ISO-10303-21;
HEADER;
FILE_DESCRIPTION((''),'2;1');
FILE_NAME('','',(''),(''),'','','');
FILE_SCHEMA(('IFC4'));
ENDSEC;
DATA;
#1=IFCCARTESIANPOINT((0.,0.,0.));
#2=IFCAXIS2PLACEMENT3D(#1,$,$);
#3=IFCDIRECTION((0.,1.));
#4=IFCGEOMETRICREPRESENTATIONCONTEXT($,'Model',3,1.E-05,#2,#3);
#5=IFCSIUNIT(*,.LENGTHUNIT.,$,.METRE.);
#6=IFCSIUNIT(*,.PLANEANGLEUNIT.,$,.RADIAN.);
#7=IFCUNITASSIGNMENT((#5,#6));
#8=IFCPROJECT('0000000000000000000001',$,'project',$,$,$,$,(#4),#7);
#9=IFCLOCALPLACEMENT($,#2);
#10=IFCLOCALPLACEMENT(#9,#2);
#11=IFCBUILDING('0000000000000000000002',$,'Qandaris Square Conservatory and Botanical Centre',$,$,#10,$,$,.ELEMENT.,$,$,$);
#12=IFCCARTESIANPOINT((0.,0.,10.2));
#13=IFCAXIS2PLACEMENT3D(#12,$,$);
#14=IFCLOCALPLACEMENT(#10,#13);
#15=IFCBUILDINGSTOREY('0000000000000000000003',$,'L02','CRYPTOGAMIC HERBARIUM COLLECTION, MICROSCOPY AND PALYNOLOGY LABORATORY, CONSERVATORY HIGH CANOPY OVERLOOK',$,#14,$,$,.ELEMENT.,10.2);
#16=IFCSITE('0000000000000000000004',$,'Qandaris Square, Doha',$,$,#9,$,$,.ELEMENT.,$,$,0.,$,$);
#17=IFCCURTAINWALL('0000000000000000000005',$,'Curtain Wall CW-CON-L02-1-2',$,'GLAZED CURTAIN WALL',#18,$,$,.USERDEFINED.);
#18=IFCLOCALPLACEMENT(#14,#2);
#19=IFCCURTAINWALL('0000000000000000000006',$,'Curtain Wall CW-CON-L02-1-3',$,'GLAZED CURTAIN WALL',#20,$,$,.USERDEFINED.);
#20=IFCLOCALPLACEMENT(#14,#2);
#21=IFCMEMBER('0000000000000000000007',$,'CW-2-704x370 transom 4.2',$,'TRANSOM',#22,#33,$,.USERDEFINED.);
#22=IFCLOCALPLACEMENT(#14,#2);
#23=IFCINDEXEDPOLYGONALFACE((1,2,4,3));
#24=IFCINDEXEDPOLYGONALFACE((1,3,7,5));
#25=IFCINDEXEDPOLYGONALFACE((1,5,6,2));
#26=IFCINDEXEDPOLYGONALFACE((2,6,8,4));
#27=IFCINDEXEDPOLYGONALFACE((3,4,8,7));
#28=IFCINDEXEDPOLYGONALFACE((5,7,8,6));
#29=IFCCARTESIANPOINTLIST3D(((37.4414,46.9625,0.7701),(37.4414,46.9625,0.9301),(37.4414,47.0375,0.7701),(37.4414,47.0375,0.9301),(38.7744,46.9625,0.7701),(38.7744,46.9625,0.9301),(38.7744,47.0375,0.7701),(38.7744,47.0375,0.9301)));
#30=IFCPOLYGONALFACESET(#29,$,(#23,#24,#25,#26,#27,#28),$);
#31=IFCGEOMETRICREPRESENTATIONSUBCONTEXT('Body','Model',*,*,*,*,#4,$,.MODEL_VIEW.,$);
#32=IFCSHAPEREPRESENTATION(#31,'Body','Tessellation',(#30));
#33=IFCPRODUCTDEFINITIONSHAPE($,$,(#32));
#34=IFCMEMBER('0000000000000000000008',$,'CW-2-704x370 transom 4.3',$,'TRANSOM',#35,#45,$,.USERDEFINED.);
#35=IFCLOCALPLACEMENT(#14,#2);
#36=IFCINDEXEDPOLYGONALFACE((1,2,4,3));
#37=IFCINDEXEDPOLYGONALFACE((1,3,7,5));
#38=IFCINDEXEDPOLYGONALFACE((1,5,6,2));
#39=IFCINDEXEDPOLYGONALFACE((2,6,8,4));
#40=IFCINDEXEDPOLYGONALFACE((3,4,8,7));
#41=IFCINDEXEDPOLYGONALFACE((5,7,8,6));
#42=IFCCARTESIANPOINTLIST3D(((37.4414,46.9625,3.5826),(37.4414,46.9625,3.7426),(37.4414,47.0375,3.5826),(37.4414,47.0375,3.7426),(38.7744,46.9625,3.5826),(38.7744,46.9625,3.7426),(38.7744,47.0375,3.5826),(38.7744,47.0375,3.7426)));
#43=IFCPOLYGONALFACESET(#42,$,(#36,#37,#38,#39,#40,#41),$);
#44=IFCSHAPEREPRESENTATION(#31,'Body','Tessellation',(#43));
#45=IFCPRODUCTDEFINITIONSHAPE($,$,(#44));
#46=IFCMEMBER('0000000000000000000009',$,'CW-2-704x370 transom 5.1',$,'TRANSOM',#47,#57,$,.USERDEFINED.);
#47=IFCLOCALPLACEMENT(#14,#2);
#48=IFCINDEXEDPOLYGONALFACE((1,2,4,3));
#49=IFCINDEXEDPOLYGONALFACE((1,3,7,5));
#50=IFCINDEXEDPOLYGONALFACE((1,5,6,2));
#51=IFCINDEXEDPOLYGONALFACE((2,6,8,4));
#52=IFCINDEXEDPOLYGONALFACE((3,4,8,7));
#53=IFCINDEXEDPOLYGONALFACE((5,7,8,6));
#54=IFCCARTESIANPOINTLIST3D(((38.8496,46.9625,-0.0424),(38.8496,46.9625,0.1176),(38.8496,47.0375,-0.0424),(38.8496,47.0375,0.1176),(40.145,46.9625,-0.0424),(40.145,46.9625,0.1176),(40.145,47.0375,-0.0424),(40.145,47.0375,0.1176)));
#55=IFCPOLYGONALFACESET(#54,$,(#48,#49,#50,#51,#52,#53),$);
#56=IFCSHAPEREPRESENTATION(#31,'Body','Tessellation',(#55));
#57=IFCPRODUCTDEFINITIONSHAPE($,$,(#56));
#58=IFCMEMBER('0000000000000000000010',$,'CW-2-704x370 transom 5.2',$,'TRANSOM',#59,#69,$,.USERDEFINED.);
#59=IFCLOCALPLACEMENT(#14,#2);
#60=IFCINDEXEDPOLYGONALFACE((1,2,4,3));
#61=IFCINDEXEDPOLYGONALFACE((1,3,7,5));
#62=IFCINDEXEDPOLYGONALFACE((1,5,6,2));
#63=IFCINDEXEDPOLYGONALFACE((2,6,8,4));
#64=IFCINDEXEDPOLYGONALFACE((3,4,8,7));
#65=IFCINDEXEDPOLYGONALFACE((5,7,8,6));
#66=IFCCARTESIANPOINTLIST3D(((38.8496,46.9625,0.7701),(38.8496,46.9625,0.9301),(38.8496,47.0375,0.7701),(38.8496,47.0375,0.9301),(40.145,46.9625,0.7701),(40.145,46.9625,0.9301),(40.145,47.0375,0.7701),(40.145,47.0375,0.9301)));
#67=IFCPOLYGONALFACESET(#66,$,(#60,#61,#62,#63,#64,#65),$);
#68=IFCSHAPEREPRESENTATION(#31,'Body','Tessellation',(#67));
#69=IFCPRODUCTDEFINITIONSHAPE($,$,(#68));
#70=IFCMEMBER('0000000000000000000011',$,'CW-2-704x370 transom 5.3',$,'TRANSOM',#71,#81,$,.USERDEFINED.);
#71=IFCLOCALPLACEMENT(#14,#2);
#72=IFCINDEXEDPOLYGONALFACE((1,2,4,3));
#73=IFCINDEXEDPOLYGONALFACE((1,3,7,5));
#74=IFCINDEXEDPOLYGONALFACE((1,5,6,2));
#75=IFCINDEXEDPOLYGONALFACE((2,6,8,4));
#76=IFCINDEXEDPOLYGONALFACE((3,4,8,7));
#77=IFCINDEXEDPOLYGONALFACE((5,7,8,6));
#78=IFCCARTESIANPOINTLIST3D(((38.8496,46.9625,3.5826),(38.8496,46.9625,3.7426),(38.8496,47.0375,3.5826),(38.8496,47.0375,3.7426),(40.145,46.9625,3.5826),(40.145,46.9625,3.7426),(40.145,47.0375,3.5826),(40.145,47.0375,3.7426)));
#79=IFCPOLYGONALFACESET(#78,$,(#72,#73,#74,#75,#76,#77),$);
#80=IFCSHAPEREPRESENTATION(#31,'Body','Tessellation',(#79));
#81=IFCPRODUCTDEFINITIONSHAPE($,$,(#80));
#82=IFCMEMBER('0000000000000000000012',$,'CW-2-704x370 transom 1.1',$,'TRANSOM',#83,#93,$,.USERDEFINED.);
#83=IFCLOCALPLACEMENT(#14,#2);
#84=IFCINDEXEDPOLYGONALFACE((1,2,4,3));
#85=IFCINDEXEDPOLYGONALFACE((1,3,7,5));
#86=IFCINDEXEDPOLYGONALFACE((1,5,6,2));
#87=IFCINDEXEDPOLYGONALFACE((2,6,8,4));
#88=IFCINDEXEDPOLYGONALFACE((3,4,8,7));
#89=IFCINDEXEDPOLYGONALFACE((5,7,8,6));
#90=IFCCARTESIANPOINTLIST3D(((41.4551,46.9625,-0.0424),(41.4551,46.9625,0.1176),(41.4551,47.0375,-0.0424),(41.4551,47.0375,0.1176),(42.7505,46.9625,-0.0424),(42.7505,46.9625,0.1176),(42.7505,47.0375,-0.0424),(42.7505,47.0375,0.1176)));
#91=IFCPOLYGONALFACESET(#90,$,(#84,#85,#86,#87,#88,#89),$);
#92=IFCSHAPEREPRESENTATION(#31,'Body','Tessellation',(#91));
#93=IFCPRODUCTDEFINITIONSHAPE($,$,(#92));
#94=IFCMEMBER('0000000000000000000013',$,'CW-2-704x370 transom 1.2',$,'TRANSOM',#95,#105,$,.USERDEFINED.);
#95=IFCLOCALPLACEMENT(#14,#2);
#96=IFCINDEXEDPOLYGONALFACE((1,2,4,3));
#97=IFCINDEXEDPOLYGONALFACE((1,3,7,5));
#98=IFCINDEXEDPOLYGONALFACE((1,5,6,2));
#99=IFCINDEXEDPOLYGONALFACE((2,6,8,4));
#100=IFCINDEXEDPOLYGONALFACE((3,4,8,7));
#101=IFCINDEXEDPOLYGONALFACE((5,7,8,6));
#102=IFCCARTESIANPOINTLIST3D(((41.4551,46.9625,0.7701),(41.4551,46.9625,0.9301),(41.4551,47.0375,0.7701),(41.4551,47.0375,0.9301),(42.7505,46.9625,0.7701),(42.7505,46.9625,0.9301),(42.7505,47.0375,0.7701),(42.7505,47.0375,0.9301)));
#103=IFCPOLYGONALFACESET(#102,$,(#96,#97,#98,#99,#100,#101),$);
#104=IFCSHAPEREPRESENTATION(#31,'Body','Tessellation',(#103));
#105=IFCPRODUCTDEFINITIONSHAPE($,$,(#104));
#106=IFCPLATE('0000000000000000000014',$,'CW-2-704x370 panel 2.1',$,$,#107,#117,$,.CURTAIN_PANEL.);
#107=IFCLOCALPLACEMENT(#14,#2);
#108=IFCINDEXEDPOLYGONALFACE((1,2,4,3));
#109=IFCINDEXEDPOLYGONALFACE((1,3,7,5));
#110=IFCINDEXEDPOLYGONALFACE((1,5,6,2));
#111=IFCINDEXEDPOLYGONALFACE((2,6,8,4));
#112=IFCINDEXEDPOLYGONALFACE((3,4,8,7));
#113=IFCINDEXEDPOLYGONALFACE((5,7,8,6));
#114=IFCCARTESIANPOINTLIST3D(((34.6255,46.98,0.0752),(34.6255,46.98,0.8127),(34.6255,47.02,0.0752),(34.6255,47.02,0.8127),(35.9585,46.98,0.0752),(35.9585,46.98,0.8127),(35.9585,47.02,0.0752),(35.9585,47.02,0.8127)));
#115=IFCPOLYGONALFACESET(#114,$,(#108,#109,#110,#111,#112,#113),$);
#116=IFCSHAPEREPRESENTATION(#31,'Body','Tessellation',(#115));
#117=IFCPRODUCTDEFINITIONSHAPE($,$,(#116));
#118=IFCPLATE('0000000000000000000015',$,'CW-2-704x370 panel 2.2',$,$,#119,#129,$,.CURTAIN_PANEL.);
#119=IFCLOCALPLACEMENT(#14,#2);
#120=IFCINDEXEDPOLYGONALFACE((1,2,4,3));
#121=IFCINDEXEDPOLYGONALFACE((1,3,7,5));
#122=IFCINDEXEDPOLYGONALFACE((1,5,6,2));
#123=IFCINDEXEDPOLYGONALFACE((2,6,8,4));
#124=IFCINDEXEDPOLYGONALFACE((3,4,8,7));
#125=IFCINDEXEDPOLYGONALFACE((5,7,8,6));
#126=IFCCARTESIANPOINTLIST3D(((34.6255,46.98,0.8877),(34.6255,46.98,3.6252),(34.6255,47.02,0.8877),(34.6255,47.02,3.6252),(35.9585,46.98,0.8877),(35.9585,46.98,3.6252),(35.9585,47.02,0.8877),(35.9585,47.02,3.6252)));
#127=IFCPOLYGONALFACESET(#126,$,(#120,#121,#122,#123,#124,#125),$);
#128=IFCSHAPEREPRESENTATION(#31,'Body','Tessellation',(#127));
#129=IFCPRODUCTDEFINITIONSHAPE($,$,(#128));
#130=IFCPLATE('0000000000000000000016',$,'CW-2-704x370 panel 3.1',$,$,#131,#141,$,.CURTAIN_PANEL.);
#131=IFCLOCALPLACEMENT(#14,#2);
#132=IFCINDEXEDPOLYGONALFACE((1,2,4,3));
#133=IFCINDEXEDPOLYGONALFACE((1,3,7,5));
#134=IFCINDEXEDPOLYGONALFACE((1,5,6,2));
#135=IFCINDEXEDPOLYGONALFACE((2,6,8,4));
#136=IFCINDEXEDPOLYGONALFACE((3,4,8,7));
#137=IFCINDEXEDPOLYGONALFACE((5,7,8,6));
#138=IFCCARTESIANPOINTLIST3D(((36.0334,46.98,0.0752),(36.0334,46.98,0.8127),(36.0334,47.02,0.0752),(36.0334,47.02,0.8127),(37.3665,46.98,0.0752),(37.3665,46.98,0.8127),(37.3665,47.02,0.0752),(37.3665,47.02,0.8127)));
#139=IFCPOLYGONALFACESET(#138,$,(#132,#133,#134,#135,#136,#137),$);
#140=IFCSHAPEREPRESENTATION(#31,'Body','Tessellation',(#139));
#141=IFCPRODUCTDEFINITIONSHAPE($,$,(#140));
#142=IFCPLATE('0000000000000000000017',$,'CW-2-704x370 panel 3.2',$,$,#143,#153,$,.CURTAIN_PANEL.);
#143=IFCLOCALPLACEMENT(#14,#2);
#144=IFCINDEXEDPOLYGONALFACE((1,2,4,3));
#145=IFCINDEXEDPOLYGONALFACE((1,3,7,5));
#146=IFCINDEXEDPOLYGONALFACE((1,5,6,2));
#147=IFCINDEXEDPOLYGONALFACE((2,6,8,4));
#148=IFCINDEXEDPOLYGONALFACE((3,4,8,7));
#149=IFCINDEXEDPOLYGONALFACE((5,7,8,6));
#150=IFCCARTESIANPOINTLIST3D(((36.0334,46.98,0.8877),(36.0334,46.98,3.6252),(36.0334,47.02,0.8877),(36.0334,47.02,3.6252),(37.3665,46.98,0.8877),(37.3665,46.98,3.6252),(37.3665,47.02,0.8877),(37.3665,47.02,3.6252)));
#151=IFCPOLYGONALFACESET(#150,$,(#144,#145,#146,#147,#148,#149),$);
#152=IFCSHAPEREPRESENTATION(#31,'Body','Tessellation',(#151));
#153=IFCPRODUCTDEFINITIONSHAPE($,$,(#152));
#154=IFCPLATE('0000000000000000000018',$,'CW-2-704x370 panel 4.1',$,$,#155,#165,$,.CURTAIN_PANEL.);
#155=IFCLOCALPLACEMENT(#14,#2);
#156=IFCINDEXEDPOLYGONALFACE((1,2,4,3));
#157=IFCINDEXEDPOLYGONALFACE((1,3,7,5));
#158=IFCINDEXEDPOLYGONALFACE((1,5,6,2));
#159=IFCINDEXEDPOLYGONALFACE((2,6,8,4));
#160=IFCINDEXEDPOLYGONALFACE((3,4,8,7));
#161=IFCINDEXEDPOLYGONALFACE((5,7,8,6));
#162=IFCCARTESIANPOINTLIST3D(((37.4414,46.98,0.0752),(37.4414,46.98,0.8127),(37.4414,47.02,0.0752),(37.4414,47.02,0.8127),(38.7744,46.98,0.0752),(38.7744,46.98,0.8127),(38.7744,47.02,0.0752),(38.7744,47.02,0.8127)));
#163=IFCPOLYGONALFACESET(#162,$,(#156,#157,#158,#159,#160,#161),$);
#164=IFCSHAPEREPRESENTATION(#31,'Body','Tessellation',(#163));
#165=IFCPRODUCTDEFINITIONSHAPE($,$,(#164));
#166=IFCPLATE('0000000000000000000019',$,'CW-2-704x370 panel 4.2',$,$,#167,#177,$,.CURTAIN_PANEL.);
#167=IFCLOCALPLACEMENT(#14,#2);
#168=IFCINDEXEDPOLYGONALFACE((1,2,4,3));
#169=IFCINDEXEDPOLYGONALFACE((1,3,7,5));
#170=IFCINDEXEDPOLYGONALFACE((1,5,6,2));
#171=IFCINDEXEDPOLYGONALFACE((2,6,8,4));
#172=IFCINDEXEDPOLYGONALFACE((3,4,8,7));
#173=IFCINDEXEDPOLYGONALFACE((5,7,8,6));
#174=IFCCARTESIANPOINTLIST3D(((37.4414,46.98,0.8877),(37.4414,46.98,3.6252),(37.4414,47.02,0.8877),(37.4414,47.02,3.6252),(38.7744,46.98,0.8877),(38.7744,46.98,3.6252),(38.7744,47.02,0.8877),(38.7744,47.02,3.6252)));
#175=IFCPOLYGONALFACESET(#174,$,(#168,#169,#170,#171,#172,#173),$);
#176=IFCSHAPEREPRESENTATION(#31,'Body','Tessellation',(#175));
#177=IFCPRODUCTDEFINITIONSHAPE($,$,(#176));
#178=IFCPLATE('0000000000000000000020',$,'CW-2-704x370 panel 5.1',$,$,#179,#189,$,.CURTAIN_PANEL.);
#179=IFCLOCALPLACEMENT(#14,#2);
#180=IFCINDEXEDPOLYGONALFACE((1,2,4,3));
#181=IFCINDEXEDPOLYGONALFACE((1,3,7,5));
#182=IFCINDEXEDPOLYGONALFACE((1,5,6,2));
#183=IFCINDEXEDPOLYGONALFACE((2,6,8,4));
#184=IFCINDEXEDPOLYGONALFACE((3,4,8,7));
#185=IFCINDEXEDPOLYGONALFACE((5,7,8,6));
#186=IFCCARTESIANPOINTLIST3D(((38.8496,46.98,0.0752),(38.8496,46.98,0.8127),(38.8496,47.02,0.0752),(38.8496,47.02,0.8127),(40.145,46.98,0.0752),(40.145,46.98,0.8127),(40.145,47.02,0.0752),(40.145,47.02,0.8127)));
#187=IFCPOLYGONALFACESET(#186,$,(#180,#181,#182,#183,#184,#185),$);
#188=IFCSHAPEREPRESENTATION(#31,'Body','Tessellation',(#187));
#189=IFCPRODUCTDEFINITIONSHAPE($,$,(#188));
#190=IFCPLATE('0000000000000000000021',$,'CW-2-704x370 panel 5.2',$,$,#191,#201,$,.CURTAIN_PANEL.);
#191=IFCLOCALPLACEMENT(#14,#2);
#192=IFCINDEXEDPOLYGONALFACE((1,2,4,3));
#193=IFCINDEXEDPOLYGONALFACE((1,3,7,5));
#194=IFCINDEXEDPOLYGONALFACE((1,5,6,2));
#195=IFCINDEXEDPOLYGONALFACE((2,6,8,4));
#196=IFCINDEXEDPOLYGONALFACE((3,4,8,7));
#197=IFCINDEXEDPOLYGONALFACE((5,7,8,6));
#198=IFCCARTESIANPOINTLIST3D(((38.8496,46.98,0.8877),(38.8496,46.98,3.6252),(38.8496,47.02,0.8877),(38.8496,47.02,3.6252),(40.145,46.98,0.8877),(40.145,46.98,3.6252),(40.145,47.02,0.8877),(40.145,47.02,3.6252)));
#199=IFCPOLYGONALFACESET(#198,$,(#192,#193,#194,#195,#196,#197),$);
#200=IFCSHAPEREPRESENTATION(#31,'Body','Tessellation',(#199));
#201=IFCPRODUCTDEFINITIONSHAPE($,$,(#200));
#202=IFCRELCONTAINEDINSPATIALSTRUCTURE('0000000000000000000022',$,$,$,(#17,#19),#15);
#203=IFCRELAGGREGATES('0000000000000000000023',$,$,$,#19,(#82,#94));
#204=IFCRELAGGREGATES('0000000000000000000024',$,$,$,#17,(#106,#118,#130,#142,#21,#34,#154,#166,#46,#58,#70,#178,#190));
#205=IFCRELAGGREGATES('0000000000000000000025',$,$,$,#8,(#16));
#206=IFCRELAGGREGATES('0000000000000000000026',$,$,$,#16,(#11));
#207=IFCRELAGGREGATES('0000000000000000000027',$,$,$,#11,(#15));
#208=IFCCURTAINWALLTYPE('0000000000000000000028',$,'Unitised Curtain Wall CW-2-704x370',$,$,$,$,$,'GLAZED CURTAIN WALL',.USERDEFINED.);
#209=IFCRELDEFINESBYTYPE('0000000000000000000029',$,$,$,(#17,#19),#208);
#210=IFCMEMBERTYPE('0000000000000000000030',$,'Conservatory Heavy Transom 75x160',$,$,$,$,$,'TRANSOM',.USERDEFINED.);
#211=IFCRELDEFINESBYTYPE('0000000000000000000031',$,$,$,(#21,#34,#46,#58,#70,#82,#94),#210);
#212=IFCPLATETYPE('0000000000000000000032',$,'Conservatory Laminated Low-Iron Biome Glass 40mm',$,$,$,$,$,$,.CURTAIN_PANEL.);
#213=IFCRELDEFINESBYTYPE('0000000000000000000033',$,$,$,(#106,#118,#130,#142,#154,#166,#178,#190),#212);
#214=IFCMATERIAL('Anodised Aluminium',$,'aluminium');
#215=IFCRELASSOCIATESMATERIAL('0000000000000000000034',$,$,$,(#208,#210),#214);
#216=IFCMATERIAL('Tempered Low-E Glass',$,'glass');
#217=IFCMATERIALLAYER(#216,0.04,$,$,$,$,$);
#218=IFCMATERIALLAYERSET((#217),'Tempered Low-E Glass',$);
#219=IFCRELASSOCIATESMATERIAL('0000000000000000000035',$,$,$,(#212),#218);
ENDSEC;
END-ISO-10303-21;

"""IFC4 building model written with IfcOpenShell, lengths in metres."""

from ifc_helpers import new_model, si_unit, direction, frame, origin, origin_2d, place, context, subcontext, project, spatial, rectangle, extrude, material, layer, layer_set, material_profile, profile_set, type_object, element, aggregate, save


model = new_model("IFC4")

# Units and contexts
model_context = context("Model", 3, precision=1e-05, world=origin(), true_north=direction((0.0, 1.0)))
body_context = subcontext(model_context, "Body", "Model", "MODEL_VIEW")
ifc_project = project(units=[si_unit("LENGTHUNIT", "METRE"), si_unit("PLANEANGLEUNIT", "RADIAN")], contexts=[model_context])

# Site, building, storey
site_placement = place(None, origin())
site = spatial("IfcSite", under=ifc_project, at=site_placement, Name="Qandaris Square, Doha", CompositionType="ELEMENT", RefElevation=0.0)
building_placement = place(site_placement, origin())
building = spatial("IfcBuilding", under=site, at=building_placement, Name="Qandaris Square Conservatory and Botanical Centre", CompositionType="ELEMENT")
storey_placement = place(building_placement, frame((0.0, 0.0, 10.2)))
storey = spatial("IfcBuildingStorey", under=building, at=storey_placement, Name="L02", Description="CRYPTOGAMIC HERBARIUM COLLECTION, MICROSCOPY AND PALYNOLOGY LABORATORY, CONSERVATORY HIGH CANOPY OVERLOOK", CompositionType="ELEMENT", Elevation=10.2)

# Curtain wall
ifc_material_1 = material(Name="Anodised Aluminium", Category="aluminium")
curtain_wall_type = type_object("IfcCurtainWallType", Name="Unitised Curtain Wall CW-2-704x370", ElementType="GLAZED CURTAIN WALL", PredefinedType="USERDEFINED", material=ifc_material_1)
curtain_wall_1_placement = place(storey_placement, origin())
curtain_wall_1 = element("IfcCurtainWall", 1, at=curtain_wall_1_placement, inside=storey, type_object=curtain_wall_type, Name="Curtain Wall CW-CON-L02-1-2", ObjectType="GLAZED CURTAIN WALL", PredefinedType="USERDEFINED")

# Curtain wall
curtain_wall_2_placement = place(storey_placement, origin())
curtain_wall_2 = element("IfcCurtainWall", 2, at=curtain_wall_2_placement, inside=storey, type_object=curtain_wall_type, Name="Curtain Wall CW-CON-L02-1-3", ObjectType="GLAZED CURTAIN WALL", PredefinedType="USERDEFINED")

# Members
ifc_material_profile_1 = material_profile(ifc_material_1, rectangle(XDim=0.075, YDim=0.1599, at=origin_2d()), Name="ALU-TRN 75x160")
ifc_profile_set_1 = profile_set([ifc_material_profile_1], Name="Anodised Aluminium")
member_type_1 = type_object("IfcMemberType", Name="Conservatory Heavy Transom 75x160", ElementType="TRANSOM", PredefinedType="USERDEFINED", material=ifc_profile_set_1)
member_1_placement = place(storey_placement, frame((37.4414, 47.0, 0.8501), z_axis=(1.0, 0.0, 0.0), x_axis=(0.0, 1.0, 0.0)))
member_1 = element("IfcMember", 3, at=member_1_placement, type_object=member_type_1, Name="CW-2-704x370 transom 4.2", ObjectType="TRANSOM", PredefinedType="USERDEFINED", context=body_context, shape_type="SweptSolid", body=[
    extrude(rectangle(XDim=0.075, YDim=0.1599, at=origin_2d()), origin(), (0.0, 0.0, 1.0), 1.333),
])
member_2_placement = place(storey_placement, frame((37.4414, 47.0, 3.6626), z_axis=(1.0, 0.0, 0.0), x_axis=(0.0, 1.0, 0.0)))
member_2 = element("IfcMember", 4, at=member_2_placement, type_object=member_type_1, Name="CW-2-704x370 transom 4.3", ObjectType="TRANSOM", PredefinedType="USERDEFINED", context=body_context, shape_type="SweptSolid", body=[
    extrude(rectangle(XDim=0.075, YDim=0.1599, at=origin_2d()), origin(), (0.0, 0.0, 1.0), 1.333),
])
member_3_placement = place(storey_placement, frame((38.8496, 47.0, 0.0376), z_axis=(1.0, 0.0, 0.0), x_axis=(0.0, 1.0, 0.0)))
member_3 = element("IfcMember", 5, at=member_3_placement, type_object=member_type_1, Name="CW-2-704x370 transom 5.1", ObjectType="TRANSOM", PredefinedType="USERDEFINED", context=body_context, shape_type="SweptSolid", body=[
    extrude(rectangle(XDim=0.075, YDim=0.1599, at=origin_2d()), origin(), (0.0, 0.0, 1.0), 1.2954),
])
member_4_placement = place(storey_placement, frame((38.8496, 47.0, 0.8501), z_axis=(1.0, 0.0, 0.0), x_axis=(0.0, 1.0, 0.0)))
member_4 = element("IfcMember", 6, at=member_4_placement, type_object=member_type_1, Name="CW-2-704x370 transom 5.2", ObjectType="TRANSOM", PredefinedType="USERDEFINED", context=body_context, shape_type="SweptSolid", body=[
    extrude(rectangle(XDim=0.075, YDim=0.1599, at=origin_2d()), origin(), (0.0, 0.0, 1.0), 1.2954),
])
member_5_placement = place(storey_placement, frame((38.8496, 47.0, 3.6626), z_axis=(1.0, 0.0, 0.0), x_axis=(0.0, 1.0, 0.0)))
member_5 = element("IfcMember", 7, at=member_5_placement, type_object=member_type_1, Name="CW-2-704x370 transom 5.3", ObjectType="TRANSOM", PredefinedType="USERDEFINED", context=body_context, shape_type="SweptSolid", body=[
    extrude(rectangle(XDim=0.075, YDim=0.1599, at=origin_2d()), origin(), (0.0, 0.0, 1.0), 1.2954),
])
member_6_placement = place(storey_placement, frame((41.4551, 47.0, 0.0376), z_axis=(1.0, 0.0, 0.0), x_axis=(0.0, 1.0, 0.0)))
member_6 = element("IfcMember", 8, at=member_6_placement, type_object=member_type_1, Name="CW-2-704x370 transom 1.1", ObjectType="TRANSOM", PredefinedType="USERDEFINED", context=body_context, shape_type="SweptSolid", body=[
    extrude(rectangle(XDim=0.075, YDim=0.1599, at=origin_2d()), origin(), (0.0, 0.0, 1.0), 1.2954),
])
member_7_placement = place(storey_placement, frame((41.4551, 47.0, 0.8501), z_axis=(1.0, 0.0, 0.0), x_axis=(0.0, 1.0, 0.0)))
member_7 = element("IfcMember", 9, at=member_7_placement, type_object=member_type_1, Name="CW-2-704x370 transom 1.2", ObjectType="TRANSOM", PredefinedType="USERDEFINED", context=body_context, shape_type="SweptSolid", body=[
    extrude(rectangle(XDim=0.075, YDim=0.1599, at=origin_2d()), origin(), (0.0, 0.0, 1.0), 1.2954),
])
aggregate(curtain_wall_2, [member_6, member_7])

# Plates
ifc_material_2 = material(Name="Tempered Low-E Glass", Category="glass")
ifc_layer = layer(ifc_material_2, 0.04)
ifc_layer_set = layer_set([ifc_layer], Name="Tempered Low-E Glass")
plate_type = type_object("IfcPlateType", Name="Conservatory Laminated Low-Iron Biome Glass 40mm", PredefinedType="CURTAIN_PANEL", material=ifc_layer_set)
plate_1_placement = place(storey_placement, frame((35.292, 47.0, 0.0752), z_axis=(0.0, 0.0, 1.0), x_axis=(1.0, 0.0, 0.0)))
plate_1 = element("IfcPlate", 10, at=plate_1_placement, type_object=plate_type, Name="CW-2-704x370 panel 2.1", PredefinedType="CURTAIN_PANEL", context=body_context, shape_type="SweptSolid", body=[
    extrude(rectangle(XDim=1.333, YDim=0.04, at=origin_2d()), origin(), (0.0, 0.0, 1.0), 0.7375),
])
plate_2_placement = place(storey_placement, frame((35.292, 47.0, 0.8877), z_axis=(0.0, 0.0, 1.0), x_axis=(1.0, 0.0, 0.0)))
plate_2 = element("IfcPlate", 11, at=plate_2_placement, type_object=plate_type, Name="CW-2-704x370 panel 2.2", PredefinedType="CURTAIN_PANEL", context=body_context, shape_type="SweptSolid", body=[
    extrude(rectangle(XDim=1.333, YDim=0.04, at=origin_2d()), origin(), (0.0, 0.0, 1.0), 2.7375),
])
plate_3_placement = place(storey_placement, frame((36.7, 47.0, 0.0752), z_axis=(0.0, 0.0, 1.0), x_axis=(1.0, 0.0, 0.0)))
plate_3 = element("IfcPlate", 12, at=plate_3_placement, type_object=plate_type, Name="CW-2-704x370 panel 3.1", PredefinedType="CURTAIN_PANEL", context=body_context, shape_type="SweptSolid", body=[
    extrude(rectangle(XDim=1.333, YDim=0.04, at=origin_2d()), origin(), (0.0, 0.0, 1.0), 0.7375),
])
plate_4_placement = place(storey_placement, frame((36.7, 47.0, 0.8877), z_axis=(0.0, 0.0, 1.0), x_axis=(1.0, 0.0, 0.0)))
plate_4 = element("IfcPlate", 13, at=plate_4_placement, type_object=plate_type, Name="CW-2-704x370 panel 3.2", PredefinedType="CURTAIN_PANEL", context=body_context, shape_type="SweptSolid", body=[
    extrude(rectangle(XDim=1.333, YDim=0.04, at=origin_2d()), origin(), (0.0, 0.0, 1.0), 2.7375),
])
plate_5_placement = place(storey_placement, frame((38.1079, 47.0, 0.0752), z_axis=(0.0, 0.0, 1.0), x_axis=(1.0, 0.0, 0.0)))
plate_5 = element("IfcPlate", 14, at=plate_5_placement, type_object=plate_type, Name="CW-2-704x370 panel 4.1", PredefinedType="CURTAIN_PANEL", context=body_context, shape_type="SweptSolid", body=[
    extrude(rectangle(XDim=1.333, YDim=0.04, at=origin_2d()), origin(), (0.0, 0.0, 1.0), 0.7375),
])
plate_6_placement = place(storey_placement, frame((38.1079, 47.0, 0.8877), z_axis=(0.0, 0.0, 1.0), x_axis=(1.0, 0.0, 0.0)))
plate_6 = element("IfcPlate", 15, at=plate_6_placement, type_object=plate_type, Name="CW-2-704x370 panel 4.2", PredefinedType="CURTAIN_PANEL", context=body_context, shape_type="SweptSolid", body=[
    extrude(rectangle(XDim=1.333, YDim=0.04, at=origin_2d()), origin(), (0.0, 0.0, 1.0), 2.7375),
])
plate_7_placement = place(storey_placement, frame((39.4973, 47.0, 0.0752), z_axis=(0.0, 0.0, 1.0), x_axis=(1.0, 0.0, 0.0)))
plate_7 = element("IfcPlate", 16, at=plate_7_placement, type_object=plate_type, Name="CW-2-704x370 panel 5.1", PredefinedType="CURTAIN_PANEL", context=body_context, shape_type="SweptSolid", body=[
    extrude(rectangle(XDim=1.2954, YDim=0.04, at=origin_2d()), origin(), (0.0, 0.0, 1.0), 0.7375),
])
plate_8_placement = place(storey_placement, frame((39.4973, 47.0, 0.8877), z_axis=(0.0, 0.0, 1.0), x_axis=(1.0, 0.0, 0.0)))
plate_8 = element("IfcPlate", 17, at=plate_8_placement, type_object=plate_type, Name="CW-2-704x370 panel 5.2", PredefinedType="CURTAIN_PANEL", context=body_context, shape_type="SweptSolid", body=[
    extrude(rectangle(XDim=1.2954, YDim=0.04, at=origin_2d()), origin(), (0.0, 0.0, 1.0), 2.7375),
])
aggregate(curtain_wall_1, [plate_1, plate_2, plate_3, plate_4, member_1, member_2, plate_5, plate_6, member_3, member_4, member_5, plate_7, plate_8])

save(model, "model.ifc")
